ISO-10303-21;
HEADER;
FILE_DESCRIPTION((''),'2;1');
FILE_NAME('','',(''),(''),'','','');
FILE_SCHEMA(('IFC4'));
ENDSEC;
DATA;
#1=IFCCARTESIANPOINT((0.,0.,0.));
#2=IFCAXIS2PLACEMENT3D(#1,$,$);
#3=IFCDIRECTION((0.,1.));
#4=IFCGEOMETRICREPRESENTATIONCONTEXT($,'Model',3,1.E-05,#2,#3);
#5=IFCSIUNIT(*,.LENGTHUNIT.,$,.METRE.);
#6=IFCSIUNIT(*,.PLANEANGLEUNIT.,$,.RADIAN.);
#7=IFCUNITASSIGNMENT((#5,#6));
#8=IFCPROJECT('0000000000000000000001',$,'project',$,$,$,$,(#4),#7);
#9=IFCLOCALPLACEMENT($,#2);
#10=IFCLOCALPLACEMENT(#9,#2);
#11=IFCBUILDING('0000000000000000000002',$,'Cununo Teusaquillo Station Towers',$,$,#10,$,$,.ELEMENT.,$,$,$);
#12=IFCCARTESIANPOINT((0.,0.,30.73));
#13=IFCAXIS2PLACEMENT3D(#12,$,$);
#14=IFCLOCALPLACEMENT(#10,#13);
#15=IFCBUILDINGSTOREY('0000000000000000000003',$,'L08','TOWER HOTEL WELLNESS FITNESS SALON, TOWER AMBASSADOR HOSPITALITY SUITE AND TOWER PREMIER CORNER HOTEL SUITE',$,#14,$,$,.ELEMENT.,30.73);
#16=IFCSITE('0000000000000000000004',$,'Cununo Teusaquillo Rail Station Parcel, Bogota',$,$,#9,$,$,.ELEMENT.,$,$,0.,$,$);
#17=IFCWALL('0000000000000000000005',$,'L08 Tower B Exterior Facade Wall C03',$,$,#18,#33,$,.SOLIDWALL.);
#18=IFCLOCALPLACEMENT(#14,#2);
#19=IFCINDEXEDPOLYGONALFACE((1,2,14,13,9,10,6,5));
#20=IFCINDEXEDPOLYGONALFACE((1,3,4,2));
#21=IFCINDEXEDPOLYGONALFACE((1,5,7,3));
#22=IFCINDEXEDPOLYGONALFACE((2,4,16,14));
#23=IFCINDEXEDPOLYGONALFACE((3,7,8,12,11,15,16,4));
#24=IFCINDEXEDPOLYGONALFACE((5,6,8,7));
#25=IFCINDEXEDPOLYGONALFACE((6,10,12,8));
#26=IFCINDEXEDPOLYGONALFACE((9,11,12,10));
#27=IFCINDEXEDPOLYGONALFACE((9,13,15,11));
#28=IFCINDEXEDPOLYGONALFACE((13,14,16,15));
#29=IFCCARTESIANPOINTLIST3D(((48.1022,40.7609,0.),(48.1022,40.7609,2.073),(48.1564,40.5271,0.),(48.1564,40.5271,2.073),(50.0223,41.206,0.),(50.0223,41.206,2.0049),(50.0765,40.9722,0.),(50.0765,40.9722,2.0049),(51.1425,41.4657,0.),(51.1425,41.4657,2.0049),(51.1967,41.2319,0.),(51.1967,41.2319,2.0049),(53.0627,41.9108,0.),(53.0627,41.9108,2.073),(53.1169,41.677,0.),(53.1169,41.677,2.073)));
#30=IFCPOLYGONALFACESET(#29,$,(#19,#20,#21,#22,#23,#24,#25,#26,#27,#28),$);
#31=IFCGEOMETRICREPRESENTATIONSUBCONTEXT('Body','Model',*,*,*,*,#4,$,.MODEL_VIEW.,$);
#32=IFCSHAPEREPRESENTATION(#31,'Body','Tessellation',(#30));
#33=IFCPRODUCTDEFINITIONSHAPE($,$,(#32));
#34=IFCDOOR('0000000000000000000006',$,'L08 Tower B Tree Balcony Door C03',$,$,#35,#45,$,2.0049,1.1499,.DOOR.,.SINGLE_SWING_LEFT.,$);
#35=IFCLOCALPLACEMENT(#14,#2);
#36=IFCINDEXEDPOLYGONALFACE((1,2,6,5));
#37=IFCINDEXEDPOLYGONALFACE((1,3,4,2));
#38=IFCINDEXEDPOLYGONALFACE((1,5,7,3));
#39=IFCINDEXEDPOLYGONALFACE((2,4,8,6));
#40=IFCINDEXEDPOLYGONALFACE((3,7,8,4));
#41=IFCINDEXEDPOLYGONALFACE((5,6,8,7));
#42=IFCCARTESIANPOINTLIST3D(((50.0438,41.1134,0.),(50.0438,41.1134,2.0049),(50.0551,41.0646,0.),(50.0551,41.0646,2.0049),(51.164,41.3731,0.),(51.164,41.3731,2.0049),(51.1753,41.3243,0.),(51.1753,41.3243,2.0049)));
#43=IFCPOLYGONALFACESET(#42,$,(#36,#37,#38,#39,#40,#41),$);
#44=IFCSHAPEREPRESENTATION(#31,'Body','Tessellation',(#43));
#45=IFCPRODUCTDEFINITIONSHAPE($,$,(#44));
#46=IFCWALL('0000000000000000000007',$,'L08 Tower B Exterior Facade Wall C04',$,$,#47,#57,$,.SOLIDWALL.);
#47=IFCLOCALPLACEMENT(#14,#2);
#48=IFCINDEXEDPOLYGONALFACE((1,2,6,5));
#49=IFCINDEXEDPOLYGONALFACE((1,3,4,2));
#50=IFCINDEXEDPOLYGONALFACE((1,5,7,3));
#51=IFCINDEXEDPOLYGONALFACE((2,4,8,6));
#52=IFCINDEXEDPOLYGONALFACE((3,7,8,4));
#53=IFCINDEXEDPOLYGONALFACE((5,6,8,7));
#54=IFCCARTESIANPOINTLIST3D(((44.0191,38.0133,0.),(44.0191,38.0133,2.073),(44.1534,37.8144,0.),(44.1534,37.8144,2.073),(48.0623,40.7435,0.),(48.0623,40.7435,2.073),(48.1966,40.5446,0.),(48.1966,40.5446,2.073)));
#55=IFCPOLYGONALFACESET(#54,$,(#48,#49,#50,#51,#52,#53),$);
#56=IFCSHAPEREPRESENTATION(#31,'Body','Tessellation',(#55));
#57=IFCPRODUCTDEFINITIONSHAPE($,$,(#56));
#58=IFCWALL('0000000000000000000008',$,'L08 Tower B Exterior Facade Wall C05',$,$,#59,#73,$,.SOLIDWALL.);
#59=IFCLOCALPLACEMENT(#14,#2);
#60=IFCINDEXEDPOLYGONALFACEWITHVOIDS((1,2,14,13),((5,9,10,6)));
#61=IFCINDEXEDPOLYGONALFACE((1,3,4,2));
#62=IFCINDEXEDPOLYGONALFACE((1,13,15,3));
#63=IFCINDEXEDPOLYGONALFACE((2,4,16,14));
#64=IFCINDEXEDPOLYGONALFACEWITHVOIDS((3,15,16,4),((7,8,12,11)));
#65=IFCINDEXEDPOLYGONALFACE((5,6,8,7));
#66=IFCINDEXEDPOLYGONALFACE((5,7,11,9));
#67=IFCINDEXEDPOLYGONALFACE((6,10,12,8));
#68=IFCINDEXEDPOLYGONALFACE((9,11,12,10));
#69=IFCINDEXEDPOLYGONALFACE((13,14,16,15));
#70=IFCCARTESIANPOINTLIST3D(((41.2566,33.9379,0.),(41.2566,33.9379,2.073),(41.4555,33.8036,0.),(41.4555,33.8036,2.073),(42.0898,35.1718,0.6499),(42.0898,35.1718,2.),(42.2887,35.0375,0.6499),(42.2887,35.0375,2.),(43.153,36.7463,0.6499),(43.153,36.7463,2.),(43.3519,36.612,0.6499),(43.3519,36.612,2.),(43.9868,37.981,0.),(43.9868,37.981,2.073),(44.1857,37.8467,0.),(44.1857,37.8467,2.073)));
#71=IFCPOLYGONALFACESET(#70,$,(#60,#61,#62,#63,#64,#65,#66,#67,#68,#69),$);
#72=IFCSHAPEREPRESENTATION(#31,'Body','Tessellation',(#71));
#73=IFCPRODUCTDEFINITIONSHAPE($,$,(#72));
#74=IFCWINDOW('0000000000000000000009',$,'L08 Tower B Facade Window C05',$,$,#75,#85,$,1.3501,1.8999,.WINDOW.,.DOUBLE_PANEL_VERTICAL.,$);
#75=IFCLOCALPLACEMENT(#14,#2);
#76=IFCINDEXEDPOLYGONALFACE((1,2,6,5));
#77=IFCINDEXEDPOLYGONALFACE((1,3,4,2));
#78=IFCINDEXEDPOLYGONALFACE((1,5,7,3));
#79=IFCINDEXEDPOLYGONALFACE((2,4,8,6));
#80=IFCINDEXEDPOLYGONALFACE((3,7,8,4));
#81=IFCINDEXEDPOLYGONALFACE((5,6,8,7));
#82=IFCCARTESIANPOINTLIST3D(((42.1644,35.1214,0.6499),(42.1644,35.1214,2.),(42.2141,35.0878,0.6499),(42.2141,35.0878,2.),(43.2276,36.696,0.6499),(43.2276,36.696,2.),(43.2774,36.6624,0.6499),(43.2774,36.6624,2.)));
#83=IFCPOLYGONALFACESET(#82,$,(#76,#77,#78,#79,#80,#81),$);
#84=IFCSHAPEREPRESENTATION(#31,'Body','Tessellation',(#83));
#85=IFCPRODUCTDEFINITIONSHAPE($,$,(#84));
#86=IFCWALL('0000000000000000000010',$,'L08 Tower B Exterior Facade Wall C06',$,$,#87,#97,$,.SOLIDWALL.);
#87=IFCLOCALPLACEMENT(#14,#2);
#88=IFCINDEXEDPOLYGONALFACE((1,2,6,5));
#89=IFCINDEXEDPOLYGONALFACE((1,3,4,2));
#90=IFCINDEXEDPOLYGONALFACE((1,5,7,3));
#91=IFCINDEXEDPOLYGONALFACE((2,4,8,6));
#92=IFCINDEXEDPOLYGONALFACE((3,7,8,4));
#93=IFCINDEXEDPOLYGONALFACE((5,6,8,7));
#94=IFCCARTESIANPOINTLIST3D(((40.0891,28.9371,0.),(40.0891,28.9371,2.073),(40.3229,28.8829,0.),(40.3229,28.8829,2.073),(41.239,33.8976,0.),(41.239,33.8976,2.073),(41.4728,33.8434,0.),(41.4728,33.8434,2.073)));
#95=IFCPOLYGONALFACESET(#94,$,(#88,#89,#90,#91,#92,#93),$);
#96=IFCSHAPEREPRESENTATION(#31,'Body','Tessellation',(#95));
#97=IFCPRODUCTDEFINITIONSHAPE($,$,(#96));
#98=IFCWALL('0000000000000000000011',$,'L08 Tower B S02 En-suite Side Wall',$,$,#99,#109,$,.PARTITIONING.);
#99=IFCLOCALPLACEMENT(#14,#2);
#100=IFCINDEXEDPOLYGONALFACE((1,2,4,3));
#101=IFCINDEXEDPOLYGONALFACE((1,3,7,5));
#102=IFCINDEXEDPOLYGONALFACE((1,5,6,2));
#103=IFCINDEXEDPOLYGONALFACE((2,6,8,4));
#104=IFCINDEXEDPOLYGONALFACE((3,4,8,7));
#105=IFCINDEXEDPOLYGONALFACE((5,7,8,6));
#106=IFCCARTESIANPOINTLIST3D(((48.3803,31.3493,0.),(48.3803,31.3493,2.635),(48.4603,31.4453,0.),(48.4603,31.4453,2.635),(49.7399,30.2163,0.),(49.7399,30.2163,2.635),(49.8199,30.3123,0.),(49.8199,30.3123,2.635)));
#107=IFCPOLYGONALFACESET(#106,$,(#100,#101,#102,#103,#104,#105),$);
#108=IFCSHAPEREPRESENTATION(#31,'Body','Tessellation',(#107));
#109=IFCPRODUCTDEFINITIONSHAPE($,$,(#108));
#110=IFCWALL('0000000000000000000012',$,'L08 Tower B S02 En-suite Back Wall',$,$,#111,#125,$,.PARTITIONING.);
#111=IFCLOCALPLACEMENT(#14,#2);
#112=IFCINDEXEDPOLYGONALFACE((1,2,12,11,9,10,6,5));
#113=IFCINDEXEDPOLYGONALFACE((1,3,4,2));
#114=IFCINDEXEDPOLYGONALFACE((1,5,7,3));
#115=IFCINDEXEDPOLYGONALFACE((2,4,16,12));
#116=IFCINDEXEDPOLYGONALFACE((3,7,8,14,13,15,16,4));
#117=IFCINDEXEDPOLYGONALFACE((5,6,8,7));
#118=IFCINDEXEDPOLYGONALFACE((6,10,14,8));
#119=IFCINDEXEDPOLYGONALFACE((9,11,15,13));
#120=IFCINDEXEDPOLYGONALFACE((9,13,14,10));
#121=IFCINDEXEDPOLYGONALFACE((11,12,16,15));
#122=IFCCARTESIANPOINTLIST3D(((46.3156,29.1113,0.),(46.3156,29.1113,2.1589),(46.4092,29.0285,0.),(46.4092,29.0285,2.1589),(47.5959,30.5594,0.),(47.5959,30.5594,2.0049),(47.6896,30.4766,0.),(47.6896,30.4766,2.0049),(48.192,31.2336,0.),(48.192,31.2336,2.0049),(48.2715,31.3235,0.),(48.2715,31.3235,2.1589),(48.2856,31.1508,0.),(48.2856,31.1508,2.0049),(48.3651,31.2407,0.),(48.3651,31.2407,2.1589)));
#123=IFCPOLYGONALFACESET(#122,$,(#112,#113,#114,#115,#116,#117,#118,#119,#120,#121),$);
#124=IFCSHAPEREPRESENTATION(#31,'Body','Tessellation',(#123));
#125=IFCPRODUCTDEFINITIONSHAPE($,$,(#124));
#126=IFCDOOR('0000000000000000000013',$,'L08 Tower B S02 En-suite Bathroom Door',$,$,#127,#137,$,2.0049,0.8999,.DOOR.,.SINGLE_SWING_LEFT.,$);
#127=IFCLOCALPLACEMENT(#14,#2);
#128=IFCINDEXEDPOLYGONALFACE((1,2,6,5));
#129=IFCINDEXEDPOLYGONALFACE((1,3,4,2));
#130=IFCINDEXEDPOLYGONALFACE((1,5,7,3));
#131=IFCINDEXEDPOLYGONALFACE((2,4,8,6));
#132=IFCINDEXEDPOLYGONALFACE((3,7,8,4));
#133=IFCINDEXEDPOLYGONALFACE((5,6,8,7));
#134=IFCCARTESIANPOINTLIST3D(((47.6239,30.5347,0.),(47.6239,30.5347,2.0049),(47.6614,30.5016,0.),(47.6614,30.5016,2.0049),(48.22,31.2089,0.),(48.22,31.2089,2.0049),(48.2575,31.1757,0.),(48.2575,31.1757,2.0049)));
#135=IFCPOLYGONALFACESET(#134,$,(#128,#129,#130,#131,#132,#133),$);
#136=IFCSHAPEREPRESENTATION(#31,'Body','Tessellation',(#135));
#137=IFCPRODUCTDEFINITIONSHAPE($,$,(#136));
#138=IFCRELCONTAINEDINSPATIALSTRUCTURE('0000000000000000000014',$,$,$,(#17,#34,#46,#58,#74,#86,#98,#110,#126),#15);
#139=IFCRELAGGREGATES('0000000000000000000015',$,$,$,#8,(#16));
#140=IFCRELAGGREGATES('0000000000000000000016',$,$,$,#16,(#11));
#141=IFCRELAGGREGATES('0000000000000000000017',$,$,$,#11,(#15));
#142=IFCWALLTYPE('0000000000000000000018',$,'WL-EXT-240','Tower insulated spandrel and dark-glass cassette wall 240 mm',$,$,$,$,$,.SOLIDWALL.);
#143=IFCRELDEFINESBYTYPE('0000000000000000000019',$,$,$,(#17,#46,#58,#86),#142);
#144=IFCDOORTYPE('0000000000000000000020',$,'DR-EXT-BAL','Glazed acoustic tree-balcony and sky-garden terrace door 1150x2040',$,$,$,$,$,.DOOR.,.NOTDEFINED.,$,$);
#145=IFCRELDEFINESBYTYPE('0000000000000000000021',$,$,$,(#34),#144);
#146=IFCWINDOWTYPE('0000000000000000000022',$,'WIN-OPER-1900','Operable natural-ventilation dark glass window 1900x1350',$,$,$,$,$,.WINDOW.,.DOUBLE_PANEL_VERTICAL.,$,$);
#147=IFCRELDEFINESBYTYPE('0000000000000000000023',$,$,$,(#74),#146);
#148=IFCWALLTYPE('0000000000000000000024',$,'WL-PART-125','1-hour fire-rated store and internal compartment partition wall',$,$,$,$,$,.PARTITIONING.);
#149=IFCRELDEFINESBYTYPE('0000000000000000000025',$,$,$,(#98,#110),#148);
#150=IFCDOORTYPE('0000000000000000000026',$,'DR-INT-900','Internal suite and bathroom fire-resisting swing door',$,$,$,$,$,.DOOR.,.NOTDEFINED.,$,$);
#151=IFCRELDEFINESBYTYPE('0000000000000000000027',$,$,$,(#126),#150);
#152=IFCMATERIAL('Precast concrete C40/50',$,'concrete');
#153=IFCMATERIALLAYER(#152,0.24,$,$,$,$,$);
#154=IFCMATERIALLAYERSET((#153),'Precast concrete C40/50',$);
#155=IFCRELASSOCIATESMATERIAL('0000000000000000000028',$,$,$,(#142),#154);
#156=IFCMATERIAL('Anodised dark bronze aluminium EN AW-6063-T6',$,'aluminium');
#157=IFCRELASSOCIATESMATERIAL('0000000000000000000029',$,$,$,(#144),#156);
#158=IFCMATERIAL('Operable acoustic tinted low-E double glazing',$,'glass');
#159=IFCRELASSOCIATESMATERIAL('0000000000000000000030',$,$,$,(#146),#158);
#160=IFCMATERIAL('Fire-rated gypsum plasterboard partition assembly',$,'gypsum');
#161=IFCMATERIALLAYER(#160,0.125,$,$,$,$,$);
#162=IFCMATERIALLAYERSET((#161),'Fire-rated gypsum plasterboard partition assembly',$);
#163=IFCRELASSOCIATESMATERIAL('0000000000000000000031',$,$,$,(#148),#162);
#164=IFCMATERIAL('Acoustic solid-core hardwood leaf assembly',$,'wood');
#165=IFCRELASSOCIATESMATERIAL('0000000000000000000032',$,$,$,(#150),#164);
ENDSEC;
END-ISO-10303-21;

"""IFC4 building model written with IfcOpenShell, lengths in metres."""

from ifc_helpers import new_model, si_unit, direction, frame, frame_2d, origin, place, context, subcontext, project, spatial, rectangle, extrude, source, transform, mapped, material, layer, layer_set, type_object, element, fill, save


model = new_model("IFC4")

# Units and contexts
model_context = context("Model", 3, precision=1e-05, world=origin(), true_north=direction((0.0, 1.0)))
body_context = subcontext(model_context, "Body", "Model", "MODEL_VIEW")
ifc_project = project(units=[si_unit("LENGTHUNIT", "METRE"), si_unit("PLANEANGLEUNIT", "RADIAN")], contexts=[model_context])

# Site, building, storey
site_placement = place(None, origin())
site = spatial("IfcSite", under=ifc_project, at=site_placement, Name="Cununo Teusaquillo Rail Station Parcel, Bogota", CompositionType="ELEMENT", RefElevation=0.0)
building_placement = place(site_placement, origin())
building = spatial("IfcBuilding", under=site, at=building_placement, Name="Cununo Teusaquillo Station Towers", CompositionType="ELEMENT")
storey_placement = place(building_placement, frame((0.0, 0.0, 30.73)))
storey = spatial("IfcBuildingStorey", under=building, at=storey_placement, Name="L08", Description="TOWER HOTEL WELLNESS FITNESS SALON, TOWER AMBASSADOR HOSPITALITY SUITE AND TOWER PREMIER CORNER HOTEL SUITE", CompositionType="ELEMENT", Elevation=30.73)

# Wall, opening, door
ifc_material_1 = material(Name="Precast concrete C40/50", Category="concrete")
ifc_layer_1 = layer(ifc_material_1, 0.24)
ifc_layer_set_1 = layer_set([ifc_layer_1], Name="Precast concrete C40/50")
wall_type_1 = type_object("IfcWallType", Name="WL-EXT-240", Description="Tower insulated spandrel and dark-glass cassette wall 240 mm", PredefinedType="SOLIDWALL", material=ifc_layer_set_1)
wall_1_placement = place(storey_placement, frame((48.1294, 40.644, 0.0), z_axis=(0.0, 0.0, 1.0), x_axis=(0.974168, 0.225826, 0.0)))
wall_1 = element("IfcWall", 1, at=wall_1_placement, inside=storey, type_object=wall_type_1, Name="L08 Tower B Exterior Facade Wall C03", PredefinedType="SOLIDWALL", context=body_context, shape_type="SweptSolid", body=[
    extrude(rectangle(XDim=5.092, YDim=0.24, at=frame_2d((2.5459, 0.0))), origin(), (0.0, 0.0, 1.0), 2.073),
])
shared_shape_1 = source(origin(), body_context, "Body", "SweptSolid", [
    extrude(rectangle(XDim=1.1499, YDim=2.0049, at=frame_2d((0.575, 1.0024))), frame((0.0, 0.1299, 0.0), z_axis=(0.0, -1.0, 0.0), x_axis=(1.0, 0.0, 0.0)), (0.0, 0.0, 1.0), 0.26),
])
opening_1_placement = place(wall_1_placement, frame((1.9709, 0.0, 0.0)))
opening_1 = element("IfcOpeningElement", 2, at=opening_1_placement, cuts=wall_1, PredefinedType="OPENING", context=body_context, shape_type="MappedRepresentation", body=[
    mapped(shared_shape_1, transform((0.0, 0.0, 0.0), x_axis=(1.0, 0.0, 0.0), y_axis=(0.0, 1.0, 0.0), z_axis=(0.0, 0.0, 1.0), scale=1.0)),
])
ifc_material_2 = material(Name="Anodised dark bronze aluminium EN AW-6063-T6", Category="aluminium")
door_type_1 = type_object("IfcDoorType", Name="DR-EXT-BAL", Description="Glazed acoustic tree-balcony and sky-garden terrace door 1150x2040", OperationType="NOTDEFINED", PredefinedType="DOOR", material=ifc_material_2)
shared_shape_2 = source(origin(), body_context, "Body", "SweptSolid", [
    extrude(rectangle(XDim=1.1499, YDim=2.0049, at=frame_2d((0.575, 1.0024))), frame((0.0, 0.0249, 0.0), z_axis=(0.0, -1.0, 0.0), x_axis=(1.0, 0.0, 0.0)), (0.0, 0.0, 1.0), 0.05),
])
door_1_placement = place(opening_1_placement, origin())
door_1 = element("IfcDoor", 3, at=door_1_placement, inside=storey, type_object=door_type_1, Name="L08 Tower B Tree Balcony Door C03", OperationType="SINGLE_SWING_LEFT", OverallHeight=2.0049, OverallWidth=1.1499, PredefinedType="DOOR", context=body_context, shape_type="MappedRepresentation", body=[
    mapped(shared_shape_2, transform((0.0, 0.0, 0.0), x_axis=(1.0, 0.0, 0.0), y_axis=(0.0, 1.0, 0.0), z_axis=(0.0, 0.0, 1.0), scale=1.0)),
])
fill(opening_1, door_1)

# Wall
wall_2_placement = place(storey_placement, frame((44.0862, 37.9138, 0.0), z_axis=(0.0, 0.0, 1.0), x_axis=(0.828748, 0.559622, 0.0)))
element("IfcWall", 4, at=wall_2_placement, inside=storey, type_object=wall_type_1, Name="L08 Tower B Exterior Facade Wall C04", PredefinedType="SOLIDWALL", context=body_context, shape_type="SweptSolid", body=[
    extrude(rectangle(XDim=4.8787, YDim=0.24, at=frame_2d((2.4395, 0.0))), origin(), (0.0, 0.0, 1.0), 2.073),
])

# Wall, opening, window
wall_3_placement = place(storey_placement, frame((41.356, 33.8706, 0.0), z_axis=(0.0, 0.0, 1.0), x_axis=(0.559622, 0.828748, 0.0)))
wall_3 = element("IfcWall", 5, at=wall_3_placement, inside=storey, type_object=wall_type_1, Name="L08 Tower B Exterior Facade Wall C05", PredefinedType="SOLIDWALL", context=body_context, shape_type="SweptSolid", body=[
    extrude(rectangle(XDim=4.8787, YDim=0.24, at=frame_2d((2.4395, 0.0))), origin(), (0.0, 0.0, 1.0), 2.073),
])
shared_shape_3 = source(origin(), body_context, "Body", "SweptSolid", [
    extrude(rectangle(XDim=1.8999, YDim=1.3501, at=frame_2d((0.95, 0.675))), frame((0.0, 0.1299, 0.0), z_axis=(0.0, -1.0, 0.0), x_axis=(1.0, 0.0, 0.0)), (0.0, 0.0, 1.0), 0.26),
])
opening_2_placement = place(wall_3_placement, frame((1.489, 0.0, 0.6499)))
opening_2 = element("IfcOpeningElement", 6, at=opening_2_placement, cuts=wall_3, PredefinedType="OPENING", context=body_context, shape_type="MappedRepresentation", body=[
    mapped(shared_shape_3, transform((0.0, 0.0, 0.0), x_axis=(1.0, 0.0, 0.0), y_axis=(0.0, 1.0, 0.0), z_axis=(0.0, 0.0, 1.0), scale=1.0)),
])
ifc_material_3 = material(Name="Operable acoustic tinted low-E double glazing", Category="glass")
window_type = type_object("IfcWindowType", Name="WIN-OPER-1900", Description="Operable natural-ventilation dark glass window 1900x1350", PartitioningType="DOUBLE_PANEL_VERTICAL", PredefinedType="WINDOW", material=ifc_material_3)
shared_shape_4 = source(origin(), body_context, "Body", "SweptSolid", [
    extrude(rectangle(XDim=1.8999, YDim=1.3501, at=frame_2d((0.95, 0.675))), frame((0.0, 0.03, 0.0), z_axis=(0.0, -1.0, 0.0), x_axis=(1.0, 0.0, 0.0)), (0.0, 0.0, 1.0), 0.0601),
])
window_placement = place(opening_2_placement, origin())
window = element("IfcWindow", 7, at=window_placement, inside=storey, type_object=window_type, Name="L08 Tower B Facade Window C05", OverallHeight=1.3501, OverallWidth=1.8999, PartitioningType="DOUBLE_PANEL_VERTICAL", PredefinedType="WINDOW", context=body_context, shape_type="MappedRepresentation", body=[
    mapped(shared_shape_4, transform((0.0, 0.0, 0.0), x_axis=(1.0, 0.0, 0.0), y_axis=(0.0, 1.0, 0.0), z_axis=(0.0, 0.0, 1.0), scale=1.0)),
])
fill(opening_2, window)

# Walls
wall_4_placement = place(storey_placement, frame((40.2061, 28.9102, 0.0), z_axis=(0.0, 0.0, 1.0), x_axis=(0.225826, 0.974168, 0.0)))
element("IfcWall", 8, at=wall_4_placement, inside=storey, type_object=wall_type_1, Name="L08 Tower B Exterior Facade Wall C06", PredefinedType="SOLIDWALL", context=body_context, shape_type="SweptSolid", body=[
    extrude(rectangle(XDim=5.092, YDim=0.24, at=frame_2d((2.5459, 0.0))), origin(), (0.0, 0.0, 1.0), 2.073),
])
ifc_material_4 = material(Name="Fire-rated gypsum plasterboard partition assembly", Category="gypsum")
ifc_layer_2 = layer(ifc_material_4, 0.125)
ifc_layer_set_2 = layer_set([ifc_layer_2], Name="Fire-rated gypsum plasterboard partition assembly")
wall_type_2 = type_object("IfcWallType", Name="WL-PART-125", Description="1-hour fire-rated store and internal compartment partition wall", PredefinedType="PARTITIONING", material=ifc_layer_set_2)
wall_5_placement = place(storey_placement, frame((49.7798, 30.2644, 0.0), z_axis=(0.0, 0.0, 1.0), x_axis=(-0.76821, 0.640198, 0.0)))
element("IfcWall", 9, at=wall_5_placement, inside=storey, type_object=wall_type_2, Name="L08 Tower B S02 En-suite Side Wall", PredefinedType="PARTITIONING", context=body_context, shape_type="SweptSolid", body=[
    extrude(rectangle(XDim=1.7698, YDim=0.125, at=frame_2d((0.8848, 0.0))), origin(), (0.0, 0.0, 1.0), 2.635),
])

# Wall, opening, door
wall_6_placement = place(storey_placement, frame((48.3184, 31.2822, 0.0), z_axis=(0.0, 0.0, 1.0), x_axis=(-0.662365, -0.749181, 0.0)))
wall_6 = element("IfcWall", 10, at=wall_6_placement, inside=storey, type_object=wall_type_2, Name="L08 Tower B S02 En-suite Back Wall", PredefinedType="PARTITIONING", context=body_context, shape_type="SweptSolid", body=[
    extrude(rectangle(XDim=2.9529, YDim=0.125, at=frame_2d((1.4766, 0.0))), origin(), (0.0, 0.0, 1.0), 2.1589),
])
shared_shape_5 = source(origin(), body_context, "Body", "SweptSolid", [
    extrude(rectangle(XDim=0.8999, YDim=2.0049, at=frame_2d((0.45, 1.0024))), frame((0.0, 0.0725, 0.0), z_axis=(0.0, -1.0, 0.0), x_axis=(1.0, 0.0, 0.0)), (0.0, 0.0, 1.0), 0.145),
])
opening_3_placement = place(wall_6_placement, frame((0.1201, 0.0, 0.0)))
opening_3 = element("IfcOpeningElement", 11, at=opening_3_placement, cuts=wall_6, PredefinedType="OPENING", context=body_context, shape_type="MappedRepresentation", body=[
    mapped(shared_shape_5, transform((0.0, 0.0, 0.0), x_axis=(1.0, 0.0, 0.0), y_axis=(0.0, 1.0, 0.0), z_axis=(0.0, 0.0, 1.0), scale=1.0)),
])
ifc_material_5 = material(Name="Acoustic solid-core hardwood leaf assembly", Category="wood")
door_type_2 = type_object("IfcDoorType", Name="DR-INT-900", Description="Internal suite and bathroom fire-resisting swing door", OperationType="NOTDEFINED", PredefinedType="DOOR", material=ifc_material_5)
shared_shape_6 = source(origin(), body_context, "Body", "SweptSolid", [
    extrude(rectangle(XDim=0.8999, YDim=2.0049, at=frame_2d((0.45, 1.0024))), frame((0.0, 0.0249, 0.0), z_axis=(0.0, -1.0, 0.0), x_axis=(1.0, 0.0, 0.0)), (0.0, 0.0, 1.0), 0.05),
])
door_2_placement = place(opening_3_placement, origin())
door_2 = element("IfcDoor", 12, at=door_2_placement, inside=storey, type_object=door_type_2, Name="L08 Tower B S02 En-suite Bathroom Door", OperationType="SINGLE_SWING_LEFT", OverallHeight=2.0049, OverallWidth=0.8999, PredefinedType="DOOR", context=body_context, shape_type="MappedRepresentation", body=[
    mapped(shared_shape_6, transform((0.0, 0.0, 0.0), x_axis=(1.0, 0.0, 0.0), y_axis=(0.0, 1.0, 0.0), z_axis=(0.0, 0.0, 1.0), scale=1.0)),
])
fill(opening_3, door_2)

save(model, "model.ifc")
